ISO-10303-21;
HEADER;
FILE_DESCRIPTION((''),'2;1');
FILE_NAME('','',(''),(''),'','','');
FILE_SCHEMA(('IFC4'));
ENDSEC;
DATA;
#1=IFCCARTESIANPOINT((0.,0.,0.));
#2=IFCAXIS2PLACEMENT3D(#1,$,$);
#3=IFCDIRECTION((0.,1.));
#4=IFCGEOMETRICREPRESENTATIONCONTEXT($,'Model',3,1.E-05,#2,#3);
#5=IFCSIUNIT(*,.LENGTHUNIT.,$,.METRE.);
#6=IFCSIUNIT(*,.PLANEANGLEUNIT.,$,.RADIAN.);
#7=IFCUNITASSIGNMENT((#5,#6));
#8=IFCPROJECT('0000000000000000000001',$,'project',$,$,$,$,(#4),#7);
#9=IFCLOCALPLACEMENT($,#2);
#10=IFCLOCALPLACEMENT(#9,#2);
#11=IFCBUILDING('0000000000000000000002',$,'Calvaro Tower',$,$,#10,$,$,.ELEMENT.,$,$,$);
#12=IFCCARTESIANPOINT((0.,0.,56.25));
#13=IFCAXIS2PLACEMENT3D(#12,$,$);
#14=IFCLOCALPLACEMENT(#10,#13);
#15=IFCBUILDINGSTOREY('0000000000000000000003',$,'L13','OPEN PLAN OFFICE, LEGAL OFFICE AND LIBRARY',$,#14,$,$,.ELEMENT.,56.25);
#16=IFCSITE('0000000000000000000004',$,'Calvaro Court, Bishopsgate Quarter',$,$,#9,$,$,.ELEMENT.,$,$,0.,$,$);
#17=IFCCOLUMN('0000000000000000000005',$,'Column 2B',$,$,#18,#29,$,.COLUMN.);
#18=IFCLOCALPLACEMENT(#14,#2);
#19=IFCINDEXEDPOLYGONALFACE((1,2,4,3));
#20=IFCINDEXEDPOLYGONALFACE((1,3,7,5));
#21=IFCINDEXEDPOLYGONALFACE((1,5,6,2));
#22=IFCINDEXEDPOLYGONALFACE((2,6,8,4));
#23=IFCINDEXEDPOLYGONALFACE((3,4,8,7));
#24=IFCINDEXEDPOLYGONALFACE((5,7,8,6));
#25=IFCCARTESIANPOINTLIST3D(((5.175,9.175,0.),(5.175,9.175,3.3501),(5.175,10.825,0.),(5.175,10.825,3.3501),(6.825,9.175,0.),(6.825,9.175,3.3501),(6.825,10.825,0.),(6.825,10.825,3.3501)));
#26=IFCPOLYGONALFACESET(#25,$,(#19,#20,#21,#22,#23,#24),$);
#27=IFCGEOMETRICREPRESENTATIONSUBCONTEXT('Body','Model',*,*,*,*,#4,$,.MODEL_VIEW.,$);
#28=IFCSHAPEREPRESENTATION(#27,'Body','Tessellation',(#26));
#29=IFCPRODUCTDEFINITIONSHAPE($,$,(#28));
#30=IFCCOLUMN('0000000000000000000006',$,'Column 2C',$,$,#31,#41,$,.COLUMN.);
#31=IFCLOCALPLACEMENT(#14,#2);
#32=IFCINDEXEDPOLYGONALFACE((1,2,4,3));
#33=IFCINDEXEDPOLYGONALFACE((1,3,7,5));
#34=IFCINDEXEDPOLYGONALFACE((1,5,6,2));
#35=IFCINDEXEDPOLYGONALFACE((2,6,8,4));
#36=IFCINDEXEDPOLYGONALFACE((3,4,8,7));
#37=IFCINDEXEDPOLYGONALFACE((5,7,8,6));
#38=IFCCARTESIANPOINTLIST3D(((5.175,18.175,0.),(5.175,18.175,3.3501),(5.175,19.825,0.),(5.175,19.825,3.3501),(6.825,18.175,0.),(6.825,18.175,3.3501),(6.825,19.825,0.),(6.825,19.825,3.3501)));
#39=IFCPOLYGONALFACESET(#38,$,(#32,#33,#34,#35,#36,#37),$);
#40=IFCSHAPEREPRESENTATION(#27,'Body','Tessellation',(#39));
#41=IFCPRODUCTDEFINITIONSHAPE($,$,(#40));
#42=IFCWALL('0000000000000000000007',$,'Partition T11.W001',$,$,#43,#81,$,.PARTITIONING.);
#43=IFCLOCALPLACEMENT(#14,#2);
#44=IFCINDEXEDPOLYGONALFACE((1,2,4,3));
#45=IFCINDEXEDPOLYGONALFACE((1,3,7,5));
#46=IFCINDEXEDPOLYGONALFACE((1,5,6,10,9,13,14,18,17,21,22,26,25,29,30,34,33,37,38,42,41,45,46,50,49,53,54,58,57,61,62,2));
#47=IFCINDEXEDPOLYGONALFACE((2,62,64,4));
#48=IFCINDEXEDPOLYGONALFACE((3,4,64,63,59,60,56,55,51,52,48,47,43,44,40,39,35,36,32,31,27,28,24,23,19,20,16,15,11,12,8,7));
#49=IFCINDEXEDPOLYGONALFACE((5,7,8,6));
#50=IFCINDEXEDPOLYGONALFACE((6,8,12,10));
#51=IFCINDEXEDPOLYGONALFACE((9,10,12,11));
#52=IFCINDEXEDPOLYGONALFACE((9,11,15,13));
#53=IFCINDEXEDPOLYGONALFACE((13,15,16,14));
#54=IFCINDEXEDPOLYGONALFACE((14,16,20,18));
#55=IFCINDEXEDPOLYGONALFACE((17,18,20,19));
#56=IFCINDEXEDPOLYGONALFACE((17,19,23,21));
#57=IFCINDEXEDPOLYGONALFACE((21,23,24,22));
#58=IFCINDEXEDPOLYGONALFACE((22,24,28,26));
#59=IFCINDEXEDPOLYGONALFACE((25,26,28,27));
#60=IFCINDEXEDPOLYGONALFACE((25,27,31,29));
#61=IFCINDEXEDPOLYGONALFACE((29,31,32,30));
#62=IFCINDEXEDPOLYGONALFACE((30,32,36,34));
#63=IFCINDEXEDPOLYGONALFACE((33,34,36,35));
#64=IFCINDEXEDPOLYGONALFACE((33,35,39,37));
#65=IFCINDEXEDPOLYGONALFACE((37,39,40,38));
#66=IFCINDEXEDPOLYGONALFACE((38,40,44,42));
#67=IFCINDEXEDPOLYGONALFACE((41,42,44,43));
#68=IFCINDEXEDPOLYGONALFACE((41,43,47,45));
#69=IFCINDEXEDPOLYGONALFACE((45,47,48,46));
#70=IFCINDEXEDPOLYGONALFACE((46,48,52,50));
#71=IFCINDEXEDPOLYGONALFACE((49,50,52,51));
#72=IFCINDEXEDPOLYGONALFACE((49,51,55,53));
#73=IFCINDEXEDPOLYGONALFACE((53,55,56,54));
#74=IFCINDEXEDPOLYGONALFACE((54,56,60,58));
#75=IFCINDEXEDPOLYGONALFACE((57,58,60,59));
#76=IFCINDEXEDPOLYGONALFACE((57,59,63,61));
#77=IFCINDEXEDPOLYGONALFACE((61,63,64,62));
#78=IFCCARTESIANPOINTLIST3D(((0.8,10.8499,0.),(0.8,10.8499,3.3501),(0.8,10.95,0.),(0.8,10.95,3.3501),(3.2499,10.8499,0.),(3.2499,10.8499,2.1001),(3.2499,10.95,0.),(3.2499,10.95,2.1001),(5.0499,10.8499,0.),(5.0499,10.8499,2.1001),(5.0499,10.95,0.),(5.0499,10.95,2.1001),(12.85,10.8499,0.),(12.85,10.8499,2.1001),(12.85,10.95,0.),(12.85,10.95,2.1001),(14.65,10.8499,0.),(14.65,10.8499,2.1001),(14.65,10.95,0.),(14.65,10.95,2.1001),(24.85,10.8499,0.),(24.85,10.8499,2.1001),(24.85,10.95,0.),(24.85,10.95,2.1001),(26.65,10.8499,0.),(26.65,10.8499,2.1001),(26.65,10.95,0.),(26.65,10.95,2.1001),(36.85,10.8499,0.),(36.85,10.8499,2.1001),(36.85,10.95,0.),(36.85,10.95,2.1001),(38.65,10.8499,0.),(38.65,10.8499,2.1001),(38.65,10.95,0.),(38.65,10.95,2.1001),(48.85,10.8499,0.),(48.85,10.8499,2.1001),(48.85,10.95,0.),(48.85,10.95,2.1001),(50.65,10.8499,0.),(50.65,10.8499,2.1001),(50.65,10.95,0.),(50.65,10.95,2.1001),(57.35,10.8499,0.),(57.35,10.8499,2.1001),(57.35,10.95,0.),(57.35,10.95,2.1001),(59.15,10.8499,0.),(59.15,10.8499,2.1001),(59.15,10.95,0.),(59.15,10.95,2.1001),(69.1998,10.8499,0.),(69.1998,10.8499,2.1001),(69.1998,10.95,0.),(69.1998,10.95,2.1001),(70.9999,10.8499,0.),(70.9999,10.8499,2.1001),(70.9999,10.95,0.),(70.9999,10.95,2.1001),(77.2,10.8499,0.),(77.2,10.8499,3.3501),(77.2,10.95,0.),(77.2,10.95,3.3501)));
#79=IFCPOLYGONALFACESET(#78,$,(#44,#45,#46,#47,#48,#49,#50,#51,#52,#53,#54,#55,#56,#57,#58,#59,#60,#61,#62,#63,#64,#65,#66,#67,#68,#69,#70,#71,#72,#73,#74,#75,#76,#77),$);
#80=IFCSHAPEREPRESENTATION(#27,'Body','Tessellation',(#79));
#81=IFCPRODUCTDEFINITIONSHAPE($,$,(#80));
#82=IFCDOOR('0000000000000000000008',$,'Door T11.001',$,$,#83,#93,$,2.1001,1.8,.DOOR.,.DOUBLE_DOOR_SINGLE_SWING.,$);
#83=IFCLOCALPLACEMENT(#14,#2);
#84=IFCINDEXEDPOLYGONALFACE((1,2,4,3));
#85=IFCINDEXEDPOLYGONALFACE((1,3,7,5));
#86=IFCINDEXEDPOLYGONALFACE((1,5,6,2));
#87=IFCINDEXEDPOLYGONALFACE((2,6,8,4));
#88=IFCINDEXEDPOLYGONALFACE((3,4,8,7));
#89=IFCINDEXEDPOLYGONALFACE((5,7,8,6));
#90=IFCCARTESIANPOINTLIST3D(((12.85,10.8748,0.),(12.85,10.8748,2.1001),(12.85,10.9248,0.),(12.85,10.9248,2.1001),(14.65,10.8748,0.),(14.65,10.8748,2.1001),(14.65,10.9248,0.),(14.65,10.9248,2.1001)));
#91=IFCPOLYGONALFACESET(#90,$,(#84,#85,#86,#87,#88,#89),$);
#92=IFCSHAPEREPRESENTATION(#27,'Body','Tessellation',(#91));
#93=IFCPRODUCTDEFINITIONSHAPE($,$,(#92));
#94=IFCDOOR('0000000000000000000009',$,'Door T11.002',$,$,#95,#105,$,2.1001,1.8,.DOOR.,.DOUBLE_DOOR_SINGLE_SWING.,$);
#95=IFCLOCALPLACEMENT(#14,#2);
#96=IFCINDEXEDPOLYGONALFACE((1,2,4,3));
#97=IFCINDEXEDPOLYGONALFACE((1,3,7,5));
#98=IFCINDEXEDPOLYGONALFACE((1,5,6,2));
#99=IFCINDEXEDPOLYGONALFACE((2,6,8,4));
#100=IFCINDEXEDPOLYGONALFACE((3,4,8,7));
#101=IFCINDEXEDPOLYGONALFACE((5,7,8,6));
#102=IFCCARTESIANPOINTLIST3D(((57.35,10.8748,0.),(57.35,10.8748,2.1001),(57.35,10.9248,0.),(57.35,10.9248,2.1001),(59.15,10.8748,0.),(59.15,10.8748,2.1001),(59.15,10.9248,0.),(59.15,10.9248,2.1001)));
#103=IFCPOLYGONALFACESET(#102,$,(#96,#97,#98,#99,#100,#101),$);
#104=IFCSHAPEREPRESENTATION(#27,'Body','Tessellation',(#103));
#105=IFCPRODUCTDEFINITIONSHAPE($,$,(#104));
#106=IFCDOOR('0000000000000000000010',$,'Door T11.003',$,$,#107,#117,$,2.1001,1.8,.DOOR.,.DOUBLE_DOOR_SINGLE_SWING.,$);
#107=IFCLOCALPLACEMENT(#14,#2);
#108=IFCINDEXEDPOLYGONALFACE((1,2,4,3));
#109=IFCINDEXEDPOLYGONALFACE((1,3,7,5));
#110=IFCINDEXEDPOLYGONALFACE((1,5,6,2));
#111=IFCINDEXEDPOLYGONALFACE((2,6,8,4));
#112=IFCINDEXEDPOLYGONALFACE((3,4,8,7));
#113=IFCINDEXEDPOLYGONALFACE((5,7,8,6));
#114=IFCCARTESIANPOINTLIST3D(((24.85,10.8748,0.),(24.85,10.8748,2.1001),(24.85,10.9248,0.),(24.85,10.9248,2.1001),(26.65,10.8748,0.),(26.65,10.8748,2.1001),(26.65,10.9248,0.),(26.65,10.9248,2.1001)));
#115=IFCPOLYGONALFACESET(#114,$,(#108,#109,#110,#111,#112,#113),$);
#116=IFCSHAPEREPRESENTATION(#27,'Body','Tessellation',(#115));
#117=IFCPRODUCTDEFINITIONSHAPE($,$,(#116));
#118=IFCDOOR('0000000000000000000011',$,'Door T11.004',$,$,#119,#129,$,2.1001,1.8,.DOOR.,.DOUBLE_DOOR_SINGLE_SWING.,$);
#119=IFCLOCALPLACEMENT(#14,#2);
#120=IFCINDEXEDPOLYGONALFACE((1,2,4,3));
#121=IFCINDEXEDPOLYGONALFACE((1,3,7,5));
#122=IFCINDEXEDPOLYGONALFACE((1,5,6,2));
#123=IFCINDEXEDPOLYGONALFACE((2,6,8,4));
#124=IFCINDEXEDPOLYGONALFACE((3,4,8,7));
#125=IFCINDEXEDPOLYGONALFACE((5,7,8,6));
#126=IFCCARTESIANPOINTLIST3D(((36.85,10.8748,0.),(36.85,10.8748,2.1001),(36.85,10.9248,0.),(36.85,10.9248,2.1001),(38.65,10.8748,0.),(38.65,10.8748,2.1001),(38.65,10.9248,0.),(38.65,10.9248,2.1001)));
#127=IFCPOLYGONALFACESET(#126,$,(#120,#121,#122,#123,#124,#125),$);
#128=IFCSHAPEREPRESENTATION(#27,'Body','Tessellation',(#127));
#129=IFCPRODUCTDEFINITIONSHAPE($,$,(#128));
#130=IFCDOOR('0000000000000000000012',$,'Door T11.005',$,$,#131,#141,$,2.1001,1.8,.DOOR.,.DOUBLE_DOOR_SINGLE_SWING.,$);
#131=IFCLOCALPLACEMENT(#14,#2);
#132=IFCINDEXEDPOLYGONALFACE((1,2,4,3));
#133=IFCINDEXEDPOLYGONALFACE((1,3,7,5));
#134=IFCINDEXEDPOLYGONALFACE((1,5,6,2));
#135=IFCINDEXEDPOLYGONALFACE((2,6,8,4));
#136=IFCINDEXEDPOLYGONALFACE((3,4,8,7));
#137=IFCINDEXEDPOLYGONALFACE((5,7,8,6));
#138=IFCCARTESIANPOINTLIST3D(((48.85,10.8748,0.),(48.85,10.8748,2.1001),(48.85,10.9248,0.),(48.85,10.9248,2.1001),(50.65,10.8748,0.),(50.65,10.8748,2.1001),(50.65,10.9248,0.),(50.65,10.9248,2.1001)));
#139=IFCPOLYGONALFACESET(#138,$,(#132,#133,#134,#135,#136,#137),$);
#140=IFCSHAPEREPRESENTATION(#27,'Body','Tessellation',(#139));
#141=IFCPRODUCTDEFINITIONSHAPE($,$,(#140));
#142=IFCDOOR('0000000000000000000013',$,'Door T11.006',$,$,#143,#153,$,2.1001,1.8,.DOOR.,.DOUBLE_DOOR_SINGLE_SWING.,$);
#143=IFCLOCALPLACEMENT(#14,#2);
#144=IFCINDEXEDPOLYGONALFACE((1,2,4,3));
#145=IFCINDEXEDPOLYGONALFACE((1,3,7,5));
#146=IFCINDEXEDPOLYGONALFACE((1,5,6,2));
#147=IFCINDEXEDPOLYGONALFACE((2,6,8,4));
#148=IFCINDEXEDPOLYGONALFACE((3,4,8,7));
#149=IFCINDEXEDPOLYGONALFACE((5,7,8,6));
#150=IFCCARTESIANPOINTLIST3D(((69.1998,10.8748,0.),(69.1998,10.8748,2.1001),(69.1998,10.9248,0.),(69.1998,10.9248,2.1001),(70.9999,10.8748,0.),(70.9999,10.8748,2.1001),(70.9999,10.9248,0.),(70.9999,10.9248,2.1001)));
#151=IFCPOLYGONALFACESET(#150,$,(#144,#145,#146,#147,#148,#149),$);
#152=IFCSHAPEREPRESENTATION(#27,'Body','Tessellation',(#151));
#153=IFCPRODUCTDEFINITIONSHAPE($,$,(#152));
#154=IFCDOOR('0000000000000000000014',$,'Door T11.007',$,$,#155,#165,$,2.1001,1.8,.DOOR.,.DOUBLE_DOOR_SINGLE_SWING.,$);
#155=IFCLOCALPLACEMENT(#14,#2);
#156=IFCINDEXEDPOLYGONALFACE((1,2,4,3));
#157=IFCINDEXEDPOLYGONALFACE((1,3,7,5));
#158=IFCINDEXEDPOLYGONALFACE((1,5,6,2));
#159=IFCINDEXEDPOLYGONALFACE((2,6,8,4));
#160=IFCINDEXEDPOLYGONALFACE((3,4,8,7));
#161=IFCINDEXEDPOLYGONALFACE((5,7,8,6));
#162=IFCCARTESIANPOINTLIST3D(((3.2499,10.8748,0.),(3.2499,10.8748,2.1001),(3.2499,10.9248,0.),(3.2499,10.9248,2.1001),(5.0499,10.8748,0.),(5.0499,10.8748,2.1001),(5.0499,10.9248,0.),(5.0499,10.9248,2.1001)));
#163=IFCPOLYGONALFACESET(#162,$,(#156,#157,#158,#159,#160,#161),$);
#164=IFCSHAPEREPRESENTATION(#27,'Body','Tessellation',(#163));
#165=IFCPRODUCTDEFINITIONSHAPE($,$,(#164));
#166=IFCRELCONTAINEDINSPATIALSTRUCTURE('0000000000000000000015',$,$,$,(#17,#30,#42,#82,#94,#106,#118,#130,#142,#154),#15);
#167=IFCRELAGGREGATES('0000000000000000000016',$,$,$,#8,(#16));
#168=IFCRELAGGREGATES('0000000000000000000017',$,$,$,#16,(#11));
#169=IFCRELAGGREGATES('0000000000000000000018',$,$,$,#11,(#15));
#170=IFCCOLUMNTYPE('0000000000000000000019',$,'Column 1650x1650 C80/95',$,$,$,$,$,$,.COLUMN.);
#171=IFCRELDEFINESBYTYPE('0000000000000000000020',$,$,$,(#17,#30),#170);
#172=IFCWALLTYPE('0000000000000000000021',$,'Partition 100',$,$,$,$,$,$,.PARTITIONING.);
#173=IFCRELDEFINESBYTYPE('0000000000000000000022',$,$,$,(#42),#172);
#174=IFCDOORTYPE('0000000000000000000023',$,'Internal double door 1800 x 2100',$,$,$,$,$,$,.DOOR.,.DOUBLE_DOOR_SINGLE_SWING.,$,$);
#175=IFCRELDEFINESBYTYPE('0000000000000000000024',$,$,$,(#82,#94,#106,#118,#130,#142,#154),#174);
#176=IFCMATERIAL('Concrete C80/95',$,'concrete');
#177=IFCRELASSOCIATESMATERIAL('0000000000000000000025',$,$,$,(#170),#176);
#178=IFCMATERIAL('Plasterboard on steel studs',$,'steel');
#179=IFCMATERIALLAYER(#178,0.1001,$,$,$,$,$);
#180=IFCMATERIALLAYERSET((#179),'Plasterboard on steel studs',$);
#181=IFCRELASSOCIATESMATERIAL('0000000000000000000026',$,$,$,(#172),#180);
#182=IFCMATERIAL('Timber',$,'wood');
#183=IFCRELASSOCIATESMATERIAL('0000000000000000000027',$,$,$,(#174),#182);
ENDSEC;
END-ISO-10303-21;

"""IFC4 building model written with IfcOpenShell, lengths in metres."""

from ifc_helpers import new_model, si_unit, direction, frame, frame_2d, origin, origin_2d, place, context, subcontext, project, spatial, rectangle, extrude, material, layer, layer_set, material_profile, profile_set, type_object, element, fill, save


model = new_model("IFC4")

# Units and contexts
model_context = context("Model", 3, precision=1e-05, world=origin(), true_north=direction((0.0, 1.0)))
body_context = subcontext(model_context, "Body", "Model", "MODEL_VIEW")
ifc_project = project(units=[si_unit("LENGTHUNIT", "METRE"), si_unit("PLANEANGLEUNIT", "RADIAN")], contexts=[model_context])

# Site, building, storey
site_placement = place(None, origin())
site = spatial("IfcSite", under=ifc_project, at=site_placement, Name="Calvaro Court, Bishopsgate Quarter", CompositionType="ELEMENT", RefElevation=0.0)
building_placement = place(site_placement, origin())
building = spatial("IfcBuilding", under=site, at=building_placement, Name="Calvaro Tower", CompositionType="ELEMENT")
storey_placement = place(building_placement, frame((0.0, 0.0, 56.25)))
storey = spatial("IfcBuildingStorey", under=building, at=storey_placement, Name="L13", Description="OPEN PLAN OFFICE, LEGAL OFFICE AND LIBRARY", CompositionType="ELEMENT", Elevation=56.25)

# Columns
ifc_material_1 = material(Name="Concrete C80/95", Category="concrete")
ifc_material_profile = material_profile(ifc_material_1, rectangle(XDim=1.6499, YDim=1.6499, at=origin_2d()), Name="RC 1650x1650")
ifc_profile_set = profile_set([ifc_material_profile], Name="Concrete C80/95")
column_type = type_object("IfcColumnType", Name="Column 1650x1650 C80/95", PredefinedType="COLUMN", material=ifc_profile_set)
for number, where, z_axis, x_axis, name in (
    (1, (6.0, 10.0, 0.0), (0.0, 0.0, 1.0), (1.0, 0.0, 0.0), "Column 2B"),
    (2, (6.0, 19.0, 0.0), (0.0, 0.0, 1.0), (1.0, 0.0, 0.0), "Column 2C"),
):
    element("IfcColumn", number, at=place(storey_placement, frame(where, z_axis=z_axis, x_axis=x_axis)), inside=storey, type_object=column_type, Name=name, PredefinedType="COLUMN", context=body_context, shape_type="SweptSolid", body=[
        extrude(rectangle(XDim=1.6499, YDim=1.6499, at=origin_2d()), origin(), (0.0, 0.0, 1.0), 3.3501),
    ])

# Wall, openings, doors
ifc_material_2 = material(Name="Plasterboard on steel studs", Category="steel")
ifc_layer = layer(ifc_material_2, 0.1001)
ifc_layer_set = layer_set([ifc_layer], Name="Plasterboard on steel studs")
wall_type = type_object("IfcWallType", Name="Partition 100", PredefinedType="PARTITIONING", material=ifc_layer_set)
wall_1_placement = place(storey_placement, frame((0.8, 10.8999, 0.0), z_axis=(0.0, 0.0, 1.0), x_axis=(1.0, 0.0, 0.0)))
wall_1 = element("IfcWall", 3, at=wall_1_placement, inside=storey, type_object=wall_type, Name="Partition T11.W001", PredefinedType="PARTITIONING", context=body_context, shape_type="SweptSolid", body=[
    extrude(rectangle(XDim=76.3999, YDim=0.1001, at=frame_2d((38.2, 0.0))), origin(), (0.0, 0.0, 1.0), 3.3501),
])
opening_1_placement = place(wall_1_placement, frame((12.05, 0.0, 0.0)))
opening_1 = element("IfcOpeningElement", 4, at=opening_1_placement, cuts=wall_1, PredefinedType="OPENING", context=body_context, shape_type="SweptSolid", body=[
    extrude(rectangle(XDim=1.8, YDim=2.1001, at=frame_2d((0.8999, 1.05))), frame((0.0, 0.0601, 0.0), z_axis=(0.0, -1.0, 0.0), x_axis=(1.0, 0.0, 0.0)), (0.0, 0.0, 1.0), 0.1201),
])
opening_2_placement = place(wall_1_placement, frame((56.55, 0.0, 0.0)))
opening_2 = element("IfcOpeningElement", 5, at=opening_2_placement, cuts=wall_1, PredefinedType="OPENING", context=body_context, shape_type="SweptSolid", body=[
    extrude(rectangle(XDim=1.8, YDim=2.1001, at=frame_2d((0.8999, 1.05))), frame((0.0, 0.0601, 0.0), z_axis=(0.0, -1.0, 0.0), x_axis=(1.0, 0.0, 0.0)), (0.0, 0.0, 1.0), 0.1201),
])
opening_3_placement = place(wall_1_placement, frame((24.05, 0.0, 0.0)))
opening_3 = element("IfcOpeningElement", 6, at=opening_3_placement, cuts=wall_1, PredefinedType="OPENING", context=body_context, shape_type="SweptSolid", body=[
    extrude(rectangle(XDim=1.8, YDim=2.1001, at=frame_2d((0.8999, 1.05))), frame((0.0, 0.0601, 0.0), z_axis=(0.0, -1.0, 0.0), x_axis=(1.0, 0.0, 0.0)), (0.0, 0.0, 1.0), 0.1201),
])
opening_4_placement = place(wall_1_placement, frame((36.05, 0.0, 0.0)))
opening_4 = element("IfcOpeningElement", 7, at=opening_4_placement, cuts=wall_1, PredefinedType="OPENING", context=body_context, shape_type="SweptSolid", body=[
    extrude(rectangle(XDim=1.8, YDim=2.1001, at=frame_2d((0.8999, 1.05))), frame((0.0, 0.0601, 0.0), z_axis=(0.0, -1.0, 0.0), x_axis=(1.0, 0.0, 0.0)), (0.0, 0.0, 1.0), 0.1201),
])
opening_5_placement = place(wall_1_placement, frame((48.05, 0.0, 0.0)))
opening_5 = element("IfcOpeningElement", 8, at=opening_5_placement, cuts=wall_1, PredefinedType="OPENING", context=body_context, shape_type="SweptSolid", body=[
    extrude(rectangle(XDim=1.8, YDim=2.1001, at=frame_2d((0.8999, 1.05))), frame((0.0, 0.0601, 0.0), z_axis=(0.0, -1.0, 0.0), x_axis=(1.0, 0.0, 0.0)), (0.0, 0.0, 1.0), 0.1201),
])
opening_6_placement = place(wall_1_placement, frame((68.3999, 0.0, 0.0)))
opening_6 = element("IfcOpeningElement", 9, at=opening_6_placement, cuts=wall_1, PredefinedType="OPENING", context=body_context, shape_type="SweptSolid", body=[
    extrude(rectangle(XDim=1.8, YDim=2.1001, at=frame_2d((0.8999, 1.05))), frame((0.0, 0.0601, 0.0), z_axis=(0.0, -1.0, 0.0), x_axis=(1.0, 0.0, 0.0)), (0.0, 0.0, 1.0), 0.1201),
])
opening_7_placement = place(wall_1_placement, frame((2.45, 0.0, 0.0)))
opening_7 = element("IfcOpeningElement", 10, at=opening_7_placement, cuts=wall_1, PredefinedType="OPENING", context=body_context, shape_type="SweptSolid", body=[
    extrude(rectangle(XDim=1.8, YDim=2.1001, at=frame_2d((0.8999, 1.05))), frame((0.0, 0.0601, 0.0), z_axis=(0.0, -1.0, 0.0), x_axis=(1.0, 0.0, 0.0)), (0.0, 0.0, 1.0), 0.1201),
])
ifc_material_3 = material(Name="Timber", Category="wood")
door_type_1 = type_object("IfcDoorType", Name="Internal double door 1800 x 2100", OperationType="DOUBLE_DOOR_SINGLE_SWING", PredefinedType="DOOR", material=ifc_material_3)
door_1_placement = place(opening_1_placement, origin())
door_1 = element("IfcDoor", 11, at=door_1_placement, inside=storey, type_object=door_type_1, Name="Door T11.001", OperationType="DOUBLE_DOOR_SINGLE_SWING", OverallHeight=2.1001, OverallWidth=1.8, PredefinedType="DOOR", context=body_context, shape_type="SweptSolid", body=[
    extrude(rectangle(XDim=1.8, YDim=2.1001, at=frame_2d((0.8999, 1.05))), frame((0.0, 0.0249, 0.0), z_axis=(0.0, -1.0, 0.0), x_axis=(1.0, 0.0, 0.0)), (0.0, 0.0, 1.0), 0.05),
])
fill(opening_1, door_1)
door_2_placement = place(opening_2_placement, origin())
door_2 = element("IfcDoor", 12, at=door_2_placement, inside=storey, type_object=door_type_1, Name="Door T11.002", OperationType="DOUBLE_DOOR_SINGLE_SWING", OverallHeight=2.1001, OverallWidth=1.8, PredefinedType="DOOR", context=body_context, shape_type="SweptSolid", body=[
    extrude(rectangle(XDim=1.8, YDim=2.1001, at=frame_2d((0.8999, 1.05))), frame((0.0, 0.0249, 0.0), z_axis=(0.0, -1.0, 0.0), x_axis=(1.0, 0.0, 0.0)), (0.0, 0.0, 1.0), 0.05),
])
fill(opening_2, door_2)
door_3_placement = place(opening_3_placement, origin())
door_3 = element("IfcDoor", 13, at=door_3_placement, inside=storey, type_object=door_type_1, Name="Door T11.003", OperationType="DOUBLE_DOOR_SINGLE_SWING", OverallHeight=2.1001, OverallWidth=1.8, PredefinedType="DOOR", context=body_context, shape_type="SweptSolid", body=[
    extrude(rectangle(XDim=1.8, YDim=2.1001, at=frame_2d((0.8999, 1.05))), frame((0.0, 0.0249, 0.0), z_axis=(0.0, -1.0, 0.0), x_axis=(1.0, 0.0, 0.0)), (0.0, 0.0, 1.0), 0.05),
])
fill(opening_3, door_3)
door_4_placement = place(opening_4_placement, origin())
door_4 = element("IfcDoor", 14, at=door_4_placement, inside=storey, type_object=door_type_1, Name="Door T11.004", OperationType="DOUBLE_DOOR_SINGLE_SWING", OverallHeight=2.1001, OverallWidth=1.8, PredefinedType="DOOR", context=body_context, shape_type="SweptSolid", body=[
    extrude(rectangle(XDim=1.8, YDim=2.1001, at=frame_2d((0.8999, 1.05))), frame((0.0, 0.0249, 0.0), z_axis=(0.0, -1.0, 0.0), x_axis=(1.0, 0.0, 0.0)), (0.0, 0.0, 1.0), 0.05),
])
fill(opening_4, door_4)
door_5_placement = place(opening_5_placement, origin())
door_5 = element("IfcDoor", 15, at=door_5_placement, inside=storey, type_object=door_type_1, Name="Door T11.005", OperationType="DOUBLE_DOOR_SINGLE_SWING", OverallHeight=2.1001, OverallWidth=1.8, PredefinedType="DOOR", context=body_context, shape_type="SweptSolid", body=[
    extrude(rectangle(XDim=1.8, YDim=2.1001, at=frame_2d((0.8999, 1.05))), frame((0.0, 0.0249, 0.0), z_axis=(0.0, -1.0, 0.0), x_axis=(1.0, 0.0, 0.0)), (0.0, 0.0, 1.0), 0.05),
])
fill(opening_5, door_5)
door_6_placement = place(opening_6_placement, origin())
door_6 = element("IfcDoor", 16, at=door_6_placement, inside=storey, type_object=door_type_1, Name="Door T11.006", OperationType="DOUBLE_DOOR_SINGLE_SWING", OverallHeight=2.1001, OverallWidth=1.8, PredefinedType="DOOR", context=body_context, shape_type="SweptSolid", body=[
    extrude(rectangle(XDim=1.8, YDim=2.1001, at=frame_2d((0.8999, 1.05))), frame((0.0, 0.0249, 0.0), z_axis=(0.0, -1.0, 0.0), x_axis=(1.0, 0.0, 0.0)), (0.0, 0.0, 1.0), 0.05),
])
fill(opening_6, door_6)
door_7_placement = place(opening_7_placement, origin())
door_7 = element("IfcDoor", 17, at=door_7_placement, inside=storey, type_object=door_type_1, Name="Door T11.007", OperationType="DOUBLE_DOOR_SINGLE_SWING", OverallHeight=2.1001, OverallWidth=1.8, PredefinedType="DOOR", context=body_context, shape_type="SweptSolid", body=[
    extrude(rectangle(XDim=1.8, YDim=2.1001, at=frame_2d((0.8999, 1.05))), frame((0.0, 0.0249, 0.0), z_axis=(0.0, -1.0, 0.0), x_axis=(1.0, 0.0, 0.0)), (0.0, 0.0, 1.0), 0.05),
])
fill(opening_7, door_7)

save(model, "model.ifc")
